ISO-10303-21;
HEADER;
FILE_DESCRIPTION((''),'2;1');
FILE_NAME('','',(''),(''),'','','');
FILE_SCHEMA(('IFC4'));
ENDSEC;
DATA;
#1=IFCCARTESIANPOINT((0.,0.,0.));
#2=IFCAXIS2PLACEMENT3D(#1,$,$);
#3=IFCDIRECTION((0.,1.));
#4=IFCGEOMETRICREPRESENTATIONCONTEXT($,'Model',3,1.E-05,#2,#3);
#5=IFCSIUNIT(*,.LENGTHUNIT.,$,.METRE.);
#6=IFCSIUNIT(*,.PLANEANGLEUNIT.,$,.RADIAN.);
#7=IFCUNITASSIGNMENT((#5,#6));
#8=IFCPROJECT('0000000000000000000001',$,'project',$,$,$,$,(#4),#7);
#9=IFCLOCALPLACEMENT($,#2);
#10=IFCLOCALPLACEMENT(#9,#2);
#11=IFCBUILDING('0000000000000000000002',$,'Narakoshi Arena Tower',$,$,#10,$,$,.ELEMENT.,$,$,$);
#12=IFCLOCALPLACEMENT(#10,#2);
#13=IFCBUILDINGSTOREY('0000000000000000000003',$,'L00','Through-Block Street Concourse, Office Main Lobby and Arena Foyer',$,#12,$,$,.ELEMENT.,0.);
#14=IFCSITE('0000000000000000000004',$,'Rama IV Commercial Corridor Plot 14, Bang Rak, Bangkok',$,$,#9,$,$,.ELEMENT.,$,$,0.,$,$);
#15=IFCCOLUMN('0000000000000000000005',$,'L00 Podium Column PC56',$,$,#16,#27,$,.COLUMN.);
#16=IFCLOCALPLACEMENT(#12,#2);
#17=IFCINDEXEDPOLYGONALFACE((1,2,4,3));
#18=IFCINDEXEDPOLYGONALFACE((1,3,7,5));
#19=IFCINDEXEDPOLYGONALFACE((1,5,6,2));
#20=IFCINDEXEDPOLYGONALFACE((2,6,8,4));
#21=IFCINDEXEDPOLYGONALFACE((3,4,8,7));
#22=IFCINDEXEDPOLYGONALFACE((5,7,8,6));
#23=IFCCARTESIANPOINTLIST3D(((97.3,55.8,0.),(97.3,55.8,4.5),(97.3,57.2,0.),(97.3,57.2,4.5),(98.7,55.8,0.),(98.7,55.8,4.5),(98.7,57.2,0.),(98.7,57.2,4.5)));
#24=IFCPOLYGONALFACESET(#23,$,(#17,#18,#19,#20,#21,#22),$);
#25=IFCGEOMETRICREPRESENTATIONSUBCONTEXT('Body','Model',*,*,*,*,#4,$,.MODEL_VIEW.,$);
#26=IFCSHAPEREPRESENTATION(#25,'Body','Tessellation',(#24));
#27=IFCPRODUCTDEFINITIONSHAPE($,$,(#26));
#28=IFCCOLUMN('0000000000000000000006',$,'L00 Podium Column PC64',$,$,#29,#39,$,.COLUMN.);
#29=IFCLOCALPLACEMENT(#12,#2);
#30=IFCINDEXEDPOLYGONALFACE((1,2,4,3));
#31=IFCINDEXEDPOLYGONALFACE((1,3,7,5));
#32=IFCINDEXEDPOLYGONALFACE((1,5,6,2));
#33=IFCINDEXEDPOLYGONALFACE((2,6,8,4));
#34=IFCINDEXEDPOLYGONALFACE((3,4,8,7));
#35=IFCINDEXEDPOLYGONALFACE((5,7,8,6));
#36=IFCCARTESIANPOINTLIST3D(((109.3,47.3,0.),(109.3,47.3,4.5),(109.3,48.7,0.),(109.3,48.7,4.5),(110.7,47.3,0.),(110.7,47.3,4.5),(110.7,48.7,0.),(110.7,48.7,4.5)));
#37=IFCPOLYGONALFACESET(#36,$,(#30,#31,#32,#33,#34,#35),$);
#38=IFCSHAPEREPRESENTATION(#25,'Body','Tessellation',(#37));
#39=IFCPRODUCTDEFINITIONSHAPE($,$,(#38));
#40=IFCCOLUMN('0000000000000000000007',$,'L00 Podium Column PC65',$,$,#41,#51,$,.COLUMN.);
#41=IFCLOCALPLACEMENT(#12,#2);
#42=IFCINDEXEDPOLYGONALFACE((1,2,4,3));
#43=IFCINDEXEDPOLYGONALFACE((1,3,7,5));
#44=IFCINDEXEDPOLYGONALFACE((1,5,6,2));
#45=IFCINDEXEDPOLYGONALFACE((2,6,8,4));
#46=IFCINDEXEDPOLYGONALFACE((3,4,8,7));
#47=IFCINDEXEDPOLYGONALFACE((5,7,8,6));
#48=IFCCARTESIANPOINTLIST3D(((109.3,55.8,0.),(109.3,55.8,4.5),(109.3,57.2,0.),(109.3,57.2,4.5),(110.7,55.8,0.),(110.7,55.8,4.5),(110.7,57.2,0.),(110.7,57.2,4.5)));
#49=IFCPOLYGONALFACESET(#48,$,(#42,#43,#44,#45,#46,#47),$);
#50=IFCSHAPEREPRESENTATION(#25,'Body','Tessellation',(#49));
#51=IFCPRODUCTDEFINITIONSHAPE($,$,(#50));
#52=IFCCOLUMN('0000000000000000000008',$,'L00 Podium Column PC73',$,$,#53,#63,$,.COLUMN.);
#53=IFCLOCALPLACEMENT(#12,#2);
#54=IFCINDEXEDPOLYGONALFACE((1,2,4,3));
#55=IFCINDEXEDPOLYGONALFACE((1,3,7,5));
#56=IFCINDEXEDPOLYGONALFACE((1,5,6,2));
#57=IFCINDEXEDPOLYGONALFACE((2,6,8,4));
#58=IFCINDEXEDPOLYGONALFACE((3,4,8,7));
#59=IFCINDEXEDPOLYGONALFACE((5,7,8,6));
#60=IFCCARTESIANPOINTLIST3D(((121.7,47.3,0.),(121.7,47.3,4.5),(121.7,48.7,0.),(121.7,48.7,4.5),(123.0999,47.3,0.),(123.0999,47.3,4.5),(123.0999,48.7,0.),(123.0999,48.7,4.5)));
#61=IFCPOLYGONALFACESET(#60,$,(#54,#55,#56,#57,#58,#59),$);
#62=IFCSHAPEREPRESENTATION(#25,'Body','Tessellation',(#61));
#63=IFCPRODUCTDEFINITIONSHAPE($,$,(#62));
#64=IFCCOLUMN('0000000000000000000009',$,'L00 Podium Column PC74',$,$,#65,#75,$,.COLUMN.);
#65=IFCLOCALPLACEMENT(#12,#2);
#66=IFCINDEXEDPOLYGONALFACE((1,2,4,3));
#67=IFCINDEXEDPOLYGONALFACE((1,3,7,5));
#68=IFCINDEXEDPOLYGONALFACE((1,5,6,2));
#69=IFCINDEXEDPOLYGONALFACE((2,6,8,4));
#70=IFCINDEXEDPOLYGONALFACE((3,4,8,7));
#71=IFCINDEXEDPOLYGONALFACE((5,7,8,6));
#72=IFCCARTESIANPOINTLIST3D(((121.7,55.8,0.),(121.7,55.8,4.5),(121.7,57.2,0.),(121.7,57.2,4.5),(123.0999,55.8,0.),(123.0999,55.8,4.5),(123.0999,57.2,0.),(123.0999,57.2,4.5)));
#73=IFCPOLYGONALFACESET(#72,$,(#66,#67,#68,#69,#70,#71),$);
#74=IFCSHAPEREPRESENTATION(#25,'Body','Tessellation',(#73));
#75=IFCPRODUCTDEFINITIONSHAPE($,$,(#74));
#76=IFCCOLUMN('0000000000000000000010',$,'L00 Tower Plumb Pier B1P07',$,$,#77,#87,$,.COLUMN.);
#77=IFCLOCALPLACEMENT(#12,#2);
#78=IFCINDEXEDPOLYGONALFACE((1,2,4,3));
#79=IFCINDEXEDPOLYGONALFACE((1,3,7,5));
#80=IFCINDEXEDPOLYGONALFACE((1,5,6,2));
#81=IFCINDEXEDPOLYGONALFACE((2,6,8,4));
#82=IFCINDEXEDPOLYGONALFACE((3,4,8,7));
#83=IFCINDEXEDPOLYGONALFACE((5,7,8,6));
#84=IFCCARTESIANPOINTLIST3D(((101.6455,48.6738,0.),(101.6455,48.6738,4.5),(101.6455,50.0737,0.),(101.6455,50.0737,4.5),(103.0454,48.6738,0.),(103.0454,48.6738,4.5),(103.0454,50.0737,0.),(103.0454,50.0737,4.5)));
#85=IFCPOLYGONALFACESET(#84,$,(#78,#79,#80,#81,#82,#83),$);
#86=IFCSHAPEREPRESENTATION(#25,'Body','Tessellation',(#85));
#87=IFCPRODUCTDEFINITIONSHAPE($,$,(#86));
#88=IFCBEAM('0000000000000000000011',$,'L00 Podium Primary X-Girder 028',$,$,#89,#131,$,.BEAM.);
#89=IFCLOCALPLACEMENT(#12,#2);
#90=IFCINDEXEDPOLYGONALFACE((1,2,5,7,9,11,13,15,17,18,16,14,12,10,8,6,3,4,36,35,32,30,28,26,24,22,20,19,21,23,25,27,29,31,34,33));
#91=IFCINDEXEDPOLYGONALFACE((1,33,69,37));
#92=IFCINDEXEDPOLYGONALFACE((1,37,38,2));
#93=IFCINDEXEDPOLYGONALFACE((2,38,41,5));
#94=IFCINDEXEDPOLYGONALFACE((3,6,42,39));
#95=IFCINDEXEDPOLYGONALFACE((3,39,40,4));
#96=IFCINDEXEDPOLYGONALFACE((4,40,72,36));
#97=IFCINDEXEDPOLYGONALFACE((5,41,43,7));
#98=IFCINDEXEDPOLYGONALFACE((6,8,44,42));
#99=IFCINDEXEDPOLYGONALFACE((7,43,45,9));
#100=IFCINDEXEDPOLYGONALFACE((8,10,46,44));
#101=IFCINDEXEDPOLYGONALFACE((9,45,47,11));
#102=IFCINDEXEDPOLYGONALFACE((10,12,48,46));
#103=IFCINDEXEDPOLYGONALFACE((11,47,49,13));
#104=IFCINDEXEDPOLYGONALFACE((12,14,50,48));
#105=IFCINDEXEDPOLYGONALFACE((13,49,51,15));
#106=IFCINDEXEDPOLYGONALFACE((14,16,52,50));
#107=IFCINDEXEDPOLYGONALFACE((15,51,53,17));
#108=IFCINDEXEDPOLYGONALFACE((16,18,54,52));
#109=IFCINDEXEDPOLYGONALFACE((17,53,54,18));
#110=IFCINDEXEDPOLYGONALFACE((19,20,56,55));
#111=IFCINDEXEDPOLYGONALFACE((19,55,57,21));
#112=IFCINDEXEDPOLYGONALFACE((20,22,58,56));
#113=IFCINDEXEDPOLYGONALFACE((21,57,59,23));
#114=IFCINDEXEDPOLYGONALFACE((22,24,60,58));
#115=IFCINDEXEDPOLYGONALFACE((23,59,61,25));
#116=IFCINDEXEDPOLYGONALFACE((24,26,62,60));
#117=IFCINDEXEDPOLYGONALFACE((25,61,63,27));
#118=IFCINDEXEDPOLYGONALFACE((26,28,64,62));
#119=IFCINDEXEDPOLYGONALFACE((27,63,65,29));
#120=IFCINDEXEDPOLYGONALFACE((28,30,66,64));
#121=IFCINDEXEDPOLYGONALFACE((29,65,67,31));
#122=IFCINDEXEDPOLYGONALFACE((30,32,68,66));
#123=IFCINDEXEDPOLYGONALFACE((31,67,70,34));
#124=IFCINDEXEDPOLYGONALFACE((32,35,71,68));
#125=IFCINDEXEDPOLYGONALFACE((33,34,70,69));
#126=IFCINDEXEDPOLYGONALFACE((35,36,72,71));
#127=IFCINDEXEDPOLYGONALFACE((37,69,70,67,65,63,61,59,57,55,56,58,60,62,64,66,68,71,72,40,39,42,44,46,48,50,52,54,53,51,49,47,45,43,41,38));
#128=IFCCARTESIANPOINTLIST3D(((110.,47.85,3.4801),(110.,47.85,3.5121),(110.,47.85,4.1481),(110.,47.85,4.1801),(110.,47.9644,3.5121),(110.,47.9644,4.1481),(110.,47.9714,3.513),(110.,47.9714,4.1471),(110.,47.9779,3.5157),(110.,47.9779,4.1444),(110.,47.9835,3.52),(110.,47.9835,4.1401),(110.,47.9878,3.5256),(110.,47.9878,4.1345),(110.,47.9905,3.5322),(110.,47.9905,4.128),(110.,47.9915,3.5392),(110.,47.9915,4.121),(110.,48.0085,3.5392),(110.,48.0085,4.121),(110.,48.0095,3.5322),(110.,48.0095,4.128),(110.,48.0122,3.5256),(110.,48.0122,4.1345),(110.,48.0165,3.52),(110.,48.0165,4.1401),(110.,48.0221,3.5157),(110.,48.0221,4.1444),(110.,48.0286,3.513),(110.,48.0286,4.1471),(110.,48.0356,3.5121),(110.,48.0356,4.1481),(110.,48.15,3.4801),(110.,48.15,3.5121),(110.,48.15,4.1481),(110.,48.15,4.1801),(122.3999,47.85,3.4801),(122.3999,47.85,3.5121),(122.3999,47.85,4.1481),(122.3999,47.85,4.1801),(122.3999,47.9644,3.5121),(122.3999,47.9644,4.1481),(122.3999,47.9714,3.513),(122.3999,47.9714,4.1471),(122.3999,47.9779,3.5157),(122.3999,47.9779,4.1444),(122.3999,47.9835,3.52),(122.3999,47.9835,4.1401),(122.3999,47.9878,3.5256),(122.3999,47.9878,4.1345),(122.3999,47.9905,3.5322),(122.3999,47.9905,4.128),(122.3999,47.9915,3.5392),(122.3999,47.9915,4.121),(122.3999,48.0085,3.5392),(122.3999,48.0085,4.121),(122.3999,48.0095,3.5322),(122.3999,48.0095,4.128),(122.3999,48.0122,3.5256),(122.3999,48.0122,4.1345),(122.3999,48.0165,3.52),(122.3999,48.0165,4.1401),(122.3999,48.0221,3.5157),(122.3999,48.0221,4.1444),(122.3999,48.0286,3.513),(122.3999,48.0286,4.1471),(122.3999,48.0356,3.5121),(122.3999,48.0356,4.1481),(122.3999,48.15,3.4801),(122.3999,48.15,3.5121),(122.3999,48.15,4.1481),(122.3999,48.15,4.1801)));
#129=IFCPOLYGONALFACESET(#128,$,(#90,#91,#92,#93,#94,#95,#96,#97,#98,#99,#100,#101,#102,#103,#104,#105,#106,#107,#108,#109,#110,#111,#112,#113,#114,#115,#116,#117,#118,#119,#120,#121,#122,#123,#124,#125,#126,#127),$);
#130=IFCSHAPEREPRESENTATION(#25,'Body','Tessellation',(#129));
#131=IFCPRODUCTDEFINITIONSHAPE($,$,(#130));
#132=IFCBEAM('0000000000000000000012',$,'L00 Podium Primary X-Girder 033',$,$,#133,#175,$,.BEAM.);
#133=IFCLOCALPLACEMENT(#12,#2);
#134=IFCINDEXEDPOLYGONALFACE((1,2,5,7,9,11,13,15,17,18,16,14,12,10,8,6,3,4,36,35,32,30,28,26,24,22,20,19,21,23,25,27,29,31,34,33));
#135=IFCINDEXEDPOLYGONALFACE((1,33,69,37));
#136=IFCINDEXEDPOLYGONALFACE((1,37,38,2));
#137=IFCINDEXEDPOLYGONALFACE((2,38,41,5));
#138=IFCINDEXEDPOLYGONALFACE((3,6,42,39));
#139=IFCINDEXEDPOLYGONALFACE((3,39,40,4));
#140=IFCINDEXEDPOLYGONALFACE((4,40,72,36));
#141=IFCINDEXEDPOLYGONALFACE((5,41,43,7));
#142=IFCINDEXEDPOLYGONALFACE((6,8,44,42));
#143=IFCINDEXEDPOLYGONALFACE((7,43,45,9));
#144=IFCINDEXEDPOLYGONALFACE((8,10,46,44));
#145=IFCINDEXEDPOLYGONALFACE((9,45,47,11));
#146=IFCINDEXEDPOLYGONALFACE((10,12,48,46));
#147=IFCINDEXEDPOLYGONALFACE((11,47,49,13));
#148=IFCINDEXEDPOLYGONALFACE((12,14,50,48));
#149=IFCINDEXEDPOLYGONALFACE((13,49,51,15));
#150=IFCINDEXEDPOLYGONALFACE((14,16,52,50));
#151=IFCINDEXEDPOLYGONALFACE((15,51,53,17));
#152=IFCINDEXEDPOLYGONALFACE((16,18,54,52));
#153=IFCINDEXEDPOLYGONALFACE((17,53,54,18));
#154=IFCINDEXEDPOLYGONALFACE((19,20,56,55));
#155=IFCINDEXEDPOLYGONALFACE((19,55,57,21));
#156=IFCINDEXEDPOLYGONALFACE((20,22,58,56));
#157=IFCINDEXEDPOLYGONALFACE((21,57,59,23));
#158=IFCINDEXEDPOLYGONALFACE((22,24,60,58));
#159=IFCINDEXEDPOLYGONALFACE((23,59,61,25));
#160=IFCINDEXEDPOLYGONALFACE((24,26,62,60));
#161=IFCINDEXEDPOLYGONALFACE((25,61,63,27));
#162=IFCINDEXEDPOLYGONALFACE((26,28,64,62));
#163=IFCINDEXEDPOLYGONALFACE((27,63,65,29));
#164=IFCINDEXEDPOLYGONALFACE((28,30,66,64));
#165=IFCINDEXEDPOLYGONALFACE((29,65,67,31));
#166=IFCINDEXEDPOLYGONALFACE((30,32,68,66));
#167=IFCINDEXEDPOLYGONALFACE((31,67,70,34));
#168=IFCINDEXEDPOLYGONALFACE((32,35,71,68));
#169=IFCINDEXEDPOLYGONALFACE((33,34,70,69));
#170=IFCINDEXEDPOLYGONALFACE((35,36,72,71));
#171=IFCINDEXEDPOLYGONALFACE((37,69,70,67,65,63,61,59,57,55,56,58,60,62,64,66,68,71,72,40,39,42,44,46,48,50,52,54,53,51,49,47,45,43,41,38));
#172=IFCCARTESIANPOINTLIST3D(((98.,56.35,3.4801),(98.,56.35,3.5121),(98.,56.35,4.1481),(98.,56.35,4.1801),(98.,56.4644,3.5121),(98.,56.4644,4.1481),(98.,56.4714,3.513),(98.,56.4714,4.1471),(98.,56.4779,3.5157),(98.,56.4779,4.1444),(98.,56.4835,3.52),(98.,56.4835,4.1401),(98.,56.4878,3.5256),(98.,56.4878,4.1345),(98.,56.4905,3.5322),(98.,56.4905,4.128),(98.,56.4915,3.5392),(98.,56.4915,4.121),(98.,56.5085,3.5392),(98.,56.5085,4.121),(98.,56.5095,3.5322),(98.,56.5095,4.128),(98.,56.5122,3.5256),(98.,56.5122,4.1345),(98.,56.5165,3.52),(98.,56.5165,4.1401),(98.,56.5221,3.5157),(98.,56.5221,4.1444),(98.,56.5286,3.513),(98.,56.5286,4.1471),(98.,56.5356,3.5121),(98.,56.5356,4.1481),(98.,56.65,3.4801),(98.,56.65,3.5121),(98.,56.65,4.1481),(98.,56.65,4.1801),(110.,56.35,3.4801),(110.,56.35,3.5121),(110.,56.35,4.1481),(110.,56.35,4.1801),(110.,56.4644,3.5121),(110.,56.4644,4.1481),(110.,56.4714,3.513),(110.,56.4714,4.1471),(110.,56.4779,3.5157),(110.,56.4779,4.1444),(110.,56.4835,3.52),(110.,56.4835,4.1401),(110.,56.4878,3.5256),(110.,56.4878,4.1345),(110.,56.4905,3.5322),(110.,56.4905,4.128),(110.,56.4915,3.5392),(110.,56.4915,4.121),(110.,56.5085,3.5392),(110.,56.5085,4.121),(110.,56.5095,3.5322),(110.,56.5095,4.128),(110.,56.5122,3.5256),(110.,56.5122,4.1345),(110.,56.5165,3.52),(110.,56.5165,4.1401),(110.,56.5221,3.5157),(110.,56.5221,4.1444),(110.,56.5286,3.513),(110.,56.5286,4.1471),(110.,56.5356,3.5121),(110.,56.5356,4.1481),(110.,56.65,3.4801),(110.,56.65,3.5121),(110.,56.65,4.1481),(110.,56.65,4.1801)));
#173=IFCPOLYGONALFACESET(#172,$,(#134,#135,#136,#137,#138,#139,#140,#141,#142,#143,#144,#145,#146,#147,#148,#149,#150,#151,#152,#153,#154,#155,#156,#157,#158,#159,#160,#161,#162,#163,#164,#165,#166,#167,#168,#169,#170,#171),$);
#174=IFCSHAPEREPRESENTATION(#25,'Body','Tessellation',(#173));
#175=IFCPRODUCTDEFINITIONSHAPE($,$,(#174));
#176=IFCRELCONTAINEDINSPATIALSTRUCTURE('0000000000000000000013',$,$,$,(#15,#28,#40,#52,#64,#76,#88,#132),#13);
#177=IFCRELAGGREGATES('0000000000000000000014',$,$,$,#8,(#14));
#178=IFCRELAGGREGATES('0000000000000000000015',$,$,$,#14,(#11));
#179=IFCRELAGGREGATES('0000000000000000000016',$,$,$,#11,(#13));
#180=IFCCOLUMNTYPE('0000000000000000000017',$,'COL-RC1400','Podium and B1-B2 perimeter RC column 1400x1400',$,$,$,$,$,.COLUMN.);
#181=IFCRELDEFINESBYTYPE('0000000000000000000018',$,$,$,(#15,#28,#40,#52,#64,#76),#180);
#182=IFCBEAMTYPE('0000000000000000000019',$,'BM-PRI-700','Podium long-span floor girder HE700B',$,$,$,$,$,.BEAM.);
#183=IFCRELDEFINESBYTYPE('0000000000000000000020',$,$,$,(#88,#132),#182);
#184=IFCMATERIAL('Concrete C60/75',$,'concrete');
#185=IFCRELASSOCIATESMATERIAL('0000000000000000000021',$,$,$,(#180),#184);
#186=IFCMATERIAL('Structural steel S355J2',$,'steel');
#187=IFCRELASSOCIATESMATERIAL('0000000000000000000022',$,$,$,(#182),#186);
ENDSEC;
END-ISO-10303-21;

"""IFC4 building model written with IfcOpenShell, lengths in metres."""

from ifc_helpers import new_model, si_unit, direction, frame, origin, origin_2d, place, context, subcontext, project, spatial, rectangle, i_section, extrude, material, material_profile, profile_set, type_object, element, save


model = new_model("IFC4")

# Units and contexts
model_context = context("Model", 3, precision=1e-05, world=origin(), true_north=direction((0.0, 1.0)))
body_context = subcontext(model_context, "Body", "Model", "MODEL_VIEW")
ifc_project = project(units=[si_unit("LENGTHUNIT", "METRE"), si_unit("PLANEANGLEUNIT", "RADIAN")], contexts=[model_context])

# Site, building, storey
site_placement = place(None, origin())
site = spatial("IfcSite", under=ifc_project, at=site_placement, Name="Rama IV Commercial Corridor Plot 14, Bang Rak, Bangkok", CompositionType="ELEMENT", RefElevation=0.0)
building_placement = place(site_placement, origin())
building = spatial("IfcBuilding", under=site, at=building_placement, Name="Narakoshi Arena Tower", CompositionType="ELEMENT")
storey_placement = place(building_placement, origin())
storey = spatial("IfcBuildingStorey", under=building, at=storey_placement, Name="L00", Description="Through-Block Street Concourse, Office Main Lobby and Arena Foyer", CompositionType="ELEMENT", Elevation=0.0)

# Columns
ifc_material_1 = material(Name="Concrete C60/75", Category="concrete")
ifc_material_profile_1 = material_profile(ifc_material_1, rectangle(XDim=1.3999, YDim=1.3999, at=origin_2d()), Name="RC1400x1400")
ifc_profile_set_1 = profile_set([ifc_material_profile_1], Name="Concrete C60/75")
column_type = type_object("IfcColumnType", Name="COL-RC1400", Description="Podium and B1-B2 perimeter RC column 1400x1400", PredefinedType="COLUMN", material=ifc_profile_set_1)
for number, where, z_axis, x_axis, name in (
    (1, (98.0, 56.5, 0.0), (0.0, 0.0, 1.0), (1.0, 0.0, 0.0), "L00 Podium Column PC56"),
    (2, (110.0, 48.0, 0.0), (0.0, 0.0, 1.0), (1.0, 0.0, 0.0), "L00 Podium Column PC64"),
    (3, (110.0, 56.5, 0.0), (0.0, 0.0, 1.0), (1.0, 0.0, 0.0), "L00 Podium Column PC65"),
    (4, (122.3999, 48.0, 0.0), (0.0, 0.0, 1.0), (1.0, 0.0, 0.0), "L00 Podium Column PC73"),
    (5, (122.3999, 56.5, 0.0), (0.0, 0.0, 1.0), (1.0, 0.0, 0.0), "L00 Podium Column PC74"),
    (6, (102.3455, 49.3738, 0.0), (0.0, 0.0, 1.0), (1.0, 0.0, 0.0), "L00 Tower Plumb Pier B1P07"),
):
    element("IfcColumn", number, at=place(storey_placement, frame(where, z_axis=z_axis, x_axis=x_axis)), inside=storey, type_object=column_type, Name=name, PredefinedType="COLUMN", context=body_context, shape_type="SweptSolid", body=[
        extrude(rectangle(XDim=1.3999, YDim=1.3999, at=origin_2d()), origin(), (0.0, 0.0, 1.0), 4.5),
    ])

# Beams
ifc_material_2 = material(Name="Structural steel S355J2", Category="steel")
ifc_material_profile_2 = material_profile(ifc_material_2, i_section(OverallWidth=0.3, OverallDepth=0.7, WebThickness=0.0171, FlangeThickness=0.032, FilletRadius=0.0271, at=origin_2d()), Name="HE700B")
ifc_profile_set_2 = profile_set([ifc_material_profile_2], Name="Structural steel S355J2")
beam_type_1 = type_object("IfcBeamType", Name="BM-PRI-700", Description="Podium long-span floor girder HE700B", PredefinedType="BEAM", material=ifc_profile_set_2)
beam_1_placement = place(storey_placement, frame((110.0, 48.0, 3.8301), z_axis=(1.0, 0.0, 0.0), x_axis=(0.0, 1.0, 0.0)))
element("IfcBeam", 7, at=beam_1_placement, inside=storey, type_object=beam_type_1, Name="L00 Podium Primary X-Girder 028", PredefinedType="BEAM", context=body_context, shape_type="SweptSolid", body=[
    extrude(i_section(OverallWidth=0.3, OverallDepth=0.7, WebThickness=0.0171, FlangeThickness=0.032, FilletRadius=0.0271, at=origin_2d()), origin(), (0.0, 0.0, 1.0), 12.3999),
])
beam_2_placement = place(storey_placement, frame((98.0, 56.5, 3.8301), z_axis=(1.0, 0.0, 0.0), x_axis=(0.0, 1.0, 0.0)))
element("IfcBeam", 8, at=beam_2_placement, inside=storey, type_object=beam_type_1, Name="L00 Podium Primary X-Girder 033", PredefinedType="BEAM", context=body_context, shape_type="SweptSolid", body=[
    extrude(i_section(OverallWidth=0.3, OverallDepth=0.7, WebThickness=0.0171, FlangeThickness=0.032, FilletRadius=0.0271, at=origin_2d()), origin(), (0.0, 0.0, 1.0), 12.0),
])

save(model, "model.ifc")
